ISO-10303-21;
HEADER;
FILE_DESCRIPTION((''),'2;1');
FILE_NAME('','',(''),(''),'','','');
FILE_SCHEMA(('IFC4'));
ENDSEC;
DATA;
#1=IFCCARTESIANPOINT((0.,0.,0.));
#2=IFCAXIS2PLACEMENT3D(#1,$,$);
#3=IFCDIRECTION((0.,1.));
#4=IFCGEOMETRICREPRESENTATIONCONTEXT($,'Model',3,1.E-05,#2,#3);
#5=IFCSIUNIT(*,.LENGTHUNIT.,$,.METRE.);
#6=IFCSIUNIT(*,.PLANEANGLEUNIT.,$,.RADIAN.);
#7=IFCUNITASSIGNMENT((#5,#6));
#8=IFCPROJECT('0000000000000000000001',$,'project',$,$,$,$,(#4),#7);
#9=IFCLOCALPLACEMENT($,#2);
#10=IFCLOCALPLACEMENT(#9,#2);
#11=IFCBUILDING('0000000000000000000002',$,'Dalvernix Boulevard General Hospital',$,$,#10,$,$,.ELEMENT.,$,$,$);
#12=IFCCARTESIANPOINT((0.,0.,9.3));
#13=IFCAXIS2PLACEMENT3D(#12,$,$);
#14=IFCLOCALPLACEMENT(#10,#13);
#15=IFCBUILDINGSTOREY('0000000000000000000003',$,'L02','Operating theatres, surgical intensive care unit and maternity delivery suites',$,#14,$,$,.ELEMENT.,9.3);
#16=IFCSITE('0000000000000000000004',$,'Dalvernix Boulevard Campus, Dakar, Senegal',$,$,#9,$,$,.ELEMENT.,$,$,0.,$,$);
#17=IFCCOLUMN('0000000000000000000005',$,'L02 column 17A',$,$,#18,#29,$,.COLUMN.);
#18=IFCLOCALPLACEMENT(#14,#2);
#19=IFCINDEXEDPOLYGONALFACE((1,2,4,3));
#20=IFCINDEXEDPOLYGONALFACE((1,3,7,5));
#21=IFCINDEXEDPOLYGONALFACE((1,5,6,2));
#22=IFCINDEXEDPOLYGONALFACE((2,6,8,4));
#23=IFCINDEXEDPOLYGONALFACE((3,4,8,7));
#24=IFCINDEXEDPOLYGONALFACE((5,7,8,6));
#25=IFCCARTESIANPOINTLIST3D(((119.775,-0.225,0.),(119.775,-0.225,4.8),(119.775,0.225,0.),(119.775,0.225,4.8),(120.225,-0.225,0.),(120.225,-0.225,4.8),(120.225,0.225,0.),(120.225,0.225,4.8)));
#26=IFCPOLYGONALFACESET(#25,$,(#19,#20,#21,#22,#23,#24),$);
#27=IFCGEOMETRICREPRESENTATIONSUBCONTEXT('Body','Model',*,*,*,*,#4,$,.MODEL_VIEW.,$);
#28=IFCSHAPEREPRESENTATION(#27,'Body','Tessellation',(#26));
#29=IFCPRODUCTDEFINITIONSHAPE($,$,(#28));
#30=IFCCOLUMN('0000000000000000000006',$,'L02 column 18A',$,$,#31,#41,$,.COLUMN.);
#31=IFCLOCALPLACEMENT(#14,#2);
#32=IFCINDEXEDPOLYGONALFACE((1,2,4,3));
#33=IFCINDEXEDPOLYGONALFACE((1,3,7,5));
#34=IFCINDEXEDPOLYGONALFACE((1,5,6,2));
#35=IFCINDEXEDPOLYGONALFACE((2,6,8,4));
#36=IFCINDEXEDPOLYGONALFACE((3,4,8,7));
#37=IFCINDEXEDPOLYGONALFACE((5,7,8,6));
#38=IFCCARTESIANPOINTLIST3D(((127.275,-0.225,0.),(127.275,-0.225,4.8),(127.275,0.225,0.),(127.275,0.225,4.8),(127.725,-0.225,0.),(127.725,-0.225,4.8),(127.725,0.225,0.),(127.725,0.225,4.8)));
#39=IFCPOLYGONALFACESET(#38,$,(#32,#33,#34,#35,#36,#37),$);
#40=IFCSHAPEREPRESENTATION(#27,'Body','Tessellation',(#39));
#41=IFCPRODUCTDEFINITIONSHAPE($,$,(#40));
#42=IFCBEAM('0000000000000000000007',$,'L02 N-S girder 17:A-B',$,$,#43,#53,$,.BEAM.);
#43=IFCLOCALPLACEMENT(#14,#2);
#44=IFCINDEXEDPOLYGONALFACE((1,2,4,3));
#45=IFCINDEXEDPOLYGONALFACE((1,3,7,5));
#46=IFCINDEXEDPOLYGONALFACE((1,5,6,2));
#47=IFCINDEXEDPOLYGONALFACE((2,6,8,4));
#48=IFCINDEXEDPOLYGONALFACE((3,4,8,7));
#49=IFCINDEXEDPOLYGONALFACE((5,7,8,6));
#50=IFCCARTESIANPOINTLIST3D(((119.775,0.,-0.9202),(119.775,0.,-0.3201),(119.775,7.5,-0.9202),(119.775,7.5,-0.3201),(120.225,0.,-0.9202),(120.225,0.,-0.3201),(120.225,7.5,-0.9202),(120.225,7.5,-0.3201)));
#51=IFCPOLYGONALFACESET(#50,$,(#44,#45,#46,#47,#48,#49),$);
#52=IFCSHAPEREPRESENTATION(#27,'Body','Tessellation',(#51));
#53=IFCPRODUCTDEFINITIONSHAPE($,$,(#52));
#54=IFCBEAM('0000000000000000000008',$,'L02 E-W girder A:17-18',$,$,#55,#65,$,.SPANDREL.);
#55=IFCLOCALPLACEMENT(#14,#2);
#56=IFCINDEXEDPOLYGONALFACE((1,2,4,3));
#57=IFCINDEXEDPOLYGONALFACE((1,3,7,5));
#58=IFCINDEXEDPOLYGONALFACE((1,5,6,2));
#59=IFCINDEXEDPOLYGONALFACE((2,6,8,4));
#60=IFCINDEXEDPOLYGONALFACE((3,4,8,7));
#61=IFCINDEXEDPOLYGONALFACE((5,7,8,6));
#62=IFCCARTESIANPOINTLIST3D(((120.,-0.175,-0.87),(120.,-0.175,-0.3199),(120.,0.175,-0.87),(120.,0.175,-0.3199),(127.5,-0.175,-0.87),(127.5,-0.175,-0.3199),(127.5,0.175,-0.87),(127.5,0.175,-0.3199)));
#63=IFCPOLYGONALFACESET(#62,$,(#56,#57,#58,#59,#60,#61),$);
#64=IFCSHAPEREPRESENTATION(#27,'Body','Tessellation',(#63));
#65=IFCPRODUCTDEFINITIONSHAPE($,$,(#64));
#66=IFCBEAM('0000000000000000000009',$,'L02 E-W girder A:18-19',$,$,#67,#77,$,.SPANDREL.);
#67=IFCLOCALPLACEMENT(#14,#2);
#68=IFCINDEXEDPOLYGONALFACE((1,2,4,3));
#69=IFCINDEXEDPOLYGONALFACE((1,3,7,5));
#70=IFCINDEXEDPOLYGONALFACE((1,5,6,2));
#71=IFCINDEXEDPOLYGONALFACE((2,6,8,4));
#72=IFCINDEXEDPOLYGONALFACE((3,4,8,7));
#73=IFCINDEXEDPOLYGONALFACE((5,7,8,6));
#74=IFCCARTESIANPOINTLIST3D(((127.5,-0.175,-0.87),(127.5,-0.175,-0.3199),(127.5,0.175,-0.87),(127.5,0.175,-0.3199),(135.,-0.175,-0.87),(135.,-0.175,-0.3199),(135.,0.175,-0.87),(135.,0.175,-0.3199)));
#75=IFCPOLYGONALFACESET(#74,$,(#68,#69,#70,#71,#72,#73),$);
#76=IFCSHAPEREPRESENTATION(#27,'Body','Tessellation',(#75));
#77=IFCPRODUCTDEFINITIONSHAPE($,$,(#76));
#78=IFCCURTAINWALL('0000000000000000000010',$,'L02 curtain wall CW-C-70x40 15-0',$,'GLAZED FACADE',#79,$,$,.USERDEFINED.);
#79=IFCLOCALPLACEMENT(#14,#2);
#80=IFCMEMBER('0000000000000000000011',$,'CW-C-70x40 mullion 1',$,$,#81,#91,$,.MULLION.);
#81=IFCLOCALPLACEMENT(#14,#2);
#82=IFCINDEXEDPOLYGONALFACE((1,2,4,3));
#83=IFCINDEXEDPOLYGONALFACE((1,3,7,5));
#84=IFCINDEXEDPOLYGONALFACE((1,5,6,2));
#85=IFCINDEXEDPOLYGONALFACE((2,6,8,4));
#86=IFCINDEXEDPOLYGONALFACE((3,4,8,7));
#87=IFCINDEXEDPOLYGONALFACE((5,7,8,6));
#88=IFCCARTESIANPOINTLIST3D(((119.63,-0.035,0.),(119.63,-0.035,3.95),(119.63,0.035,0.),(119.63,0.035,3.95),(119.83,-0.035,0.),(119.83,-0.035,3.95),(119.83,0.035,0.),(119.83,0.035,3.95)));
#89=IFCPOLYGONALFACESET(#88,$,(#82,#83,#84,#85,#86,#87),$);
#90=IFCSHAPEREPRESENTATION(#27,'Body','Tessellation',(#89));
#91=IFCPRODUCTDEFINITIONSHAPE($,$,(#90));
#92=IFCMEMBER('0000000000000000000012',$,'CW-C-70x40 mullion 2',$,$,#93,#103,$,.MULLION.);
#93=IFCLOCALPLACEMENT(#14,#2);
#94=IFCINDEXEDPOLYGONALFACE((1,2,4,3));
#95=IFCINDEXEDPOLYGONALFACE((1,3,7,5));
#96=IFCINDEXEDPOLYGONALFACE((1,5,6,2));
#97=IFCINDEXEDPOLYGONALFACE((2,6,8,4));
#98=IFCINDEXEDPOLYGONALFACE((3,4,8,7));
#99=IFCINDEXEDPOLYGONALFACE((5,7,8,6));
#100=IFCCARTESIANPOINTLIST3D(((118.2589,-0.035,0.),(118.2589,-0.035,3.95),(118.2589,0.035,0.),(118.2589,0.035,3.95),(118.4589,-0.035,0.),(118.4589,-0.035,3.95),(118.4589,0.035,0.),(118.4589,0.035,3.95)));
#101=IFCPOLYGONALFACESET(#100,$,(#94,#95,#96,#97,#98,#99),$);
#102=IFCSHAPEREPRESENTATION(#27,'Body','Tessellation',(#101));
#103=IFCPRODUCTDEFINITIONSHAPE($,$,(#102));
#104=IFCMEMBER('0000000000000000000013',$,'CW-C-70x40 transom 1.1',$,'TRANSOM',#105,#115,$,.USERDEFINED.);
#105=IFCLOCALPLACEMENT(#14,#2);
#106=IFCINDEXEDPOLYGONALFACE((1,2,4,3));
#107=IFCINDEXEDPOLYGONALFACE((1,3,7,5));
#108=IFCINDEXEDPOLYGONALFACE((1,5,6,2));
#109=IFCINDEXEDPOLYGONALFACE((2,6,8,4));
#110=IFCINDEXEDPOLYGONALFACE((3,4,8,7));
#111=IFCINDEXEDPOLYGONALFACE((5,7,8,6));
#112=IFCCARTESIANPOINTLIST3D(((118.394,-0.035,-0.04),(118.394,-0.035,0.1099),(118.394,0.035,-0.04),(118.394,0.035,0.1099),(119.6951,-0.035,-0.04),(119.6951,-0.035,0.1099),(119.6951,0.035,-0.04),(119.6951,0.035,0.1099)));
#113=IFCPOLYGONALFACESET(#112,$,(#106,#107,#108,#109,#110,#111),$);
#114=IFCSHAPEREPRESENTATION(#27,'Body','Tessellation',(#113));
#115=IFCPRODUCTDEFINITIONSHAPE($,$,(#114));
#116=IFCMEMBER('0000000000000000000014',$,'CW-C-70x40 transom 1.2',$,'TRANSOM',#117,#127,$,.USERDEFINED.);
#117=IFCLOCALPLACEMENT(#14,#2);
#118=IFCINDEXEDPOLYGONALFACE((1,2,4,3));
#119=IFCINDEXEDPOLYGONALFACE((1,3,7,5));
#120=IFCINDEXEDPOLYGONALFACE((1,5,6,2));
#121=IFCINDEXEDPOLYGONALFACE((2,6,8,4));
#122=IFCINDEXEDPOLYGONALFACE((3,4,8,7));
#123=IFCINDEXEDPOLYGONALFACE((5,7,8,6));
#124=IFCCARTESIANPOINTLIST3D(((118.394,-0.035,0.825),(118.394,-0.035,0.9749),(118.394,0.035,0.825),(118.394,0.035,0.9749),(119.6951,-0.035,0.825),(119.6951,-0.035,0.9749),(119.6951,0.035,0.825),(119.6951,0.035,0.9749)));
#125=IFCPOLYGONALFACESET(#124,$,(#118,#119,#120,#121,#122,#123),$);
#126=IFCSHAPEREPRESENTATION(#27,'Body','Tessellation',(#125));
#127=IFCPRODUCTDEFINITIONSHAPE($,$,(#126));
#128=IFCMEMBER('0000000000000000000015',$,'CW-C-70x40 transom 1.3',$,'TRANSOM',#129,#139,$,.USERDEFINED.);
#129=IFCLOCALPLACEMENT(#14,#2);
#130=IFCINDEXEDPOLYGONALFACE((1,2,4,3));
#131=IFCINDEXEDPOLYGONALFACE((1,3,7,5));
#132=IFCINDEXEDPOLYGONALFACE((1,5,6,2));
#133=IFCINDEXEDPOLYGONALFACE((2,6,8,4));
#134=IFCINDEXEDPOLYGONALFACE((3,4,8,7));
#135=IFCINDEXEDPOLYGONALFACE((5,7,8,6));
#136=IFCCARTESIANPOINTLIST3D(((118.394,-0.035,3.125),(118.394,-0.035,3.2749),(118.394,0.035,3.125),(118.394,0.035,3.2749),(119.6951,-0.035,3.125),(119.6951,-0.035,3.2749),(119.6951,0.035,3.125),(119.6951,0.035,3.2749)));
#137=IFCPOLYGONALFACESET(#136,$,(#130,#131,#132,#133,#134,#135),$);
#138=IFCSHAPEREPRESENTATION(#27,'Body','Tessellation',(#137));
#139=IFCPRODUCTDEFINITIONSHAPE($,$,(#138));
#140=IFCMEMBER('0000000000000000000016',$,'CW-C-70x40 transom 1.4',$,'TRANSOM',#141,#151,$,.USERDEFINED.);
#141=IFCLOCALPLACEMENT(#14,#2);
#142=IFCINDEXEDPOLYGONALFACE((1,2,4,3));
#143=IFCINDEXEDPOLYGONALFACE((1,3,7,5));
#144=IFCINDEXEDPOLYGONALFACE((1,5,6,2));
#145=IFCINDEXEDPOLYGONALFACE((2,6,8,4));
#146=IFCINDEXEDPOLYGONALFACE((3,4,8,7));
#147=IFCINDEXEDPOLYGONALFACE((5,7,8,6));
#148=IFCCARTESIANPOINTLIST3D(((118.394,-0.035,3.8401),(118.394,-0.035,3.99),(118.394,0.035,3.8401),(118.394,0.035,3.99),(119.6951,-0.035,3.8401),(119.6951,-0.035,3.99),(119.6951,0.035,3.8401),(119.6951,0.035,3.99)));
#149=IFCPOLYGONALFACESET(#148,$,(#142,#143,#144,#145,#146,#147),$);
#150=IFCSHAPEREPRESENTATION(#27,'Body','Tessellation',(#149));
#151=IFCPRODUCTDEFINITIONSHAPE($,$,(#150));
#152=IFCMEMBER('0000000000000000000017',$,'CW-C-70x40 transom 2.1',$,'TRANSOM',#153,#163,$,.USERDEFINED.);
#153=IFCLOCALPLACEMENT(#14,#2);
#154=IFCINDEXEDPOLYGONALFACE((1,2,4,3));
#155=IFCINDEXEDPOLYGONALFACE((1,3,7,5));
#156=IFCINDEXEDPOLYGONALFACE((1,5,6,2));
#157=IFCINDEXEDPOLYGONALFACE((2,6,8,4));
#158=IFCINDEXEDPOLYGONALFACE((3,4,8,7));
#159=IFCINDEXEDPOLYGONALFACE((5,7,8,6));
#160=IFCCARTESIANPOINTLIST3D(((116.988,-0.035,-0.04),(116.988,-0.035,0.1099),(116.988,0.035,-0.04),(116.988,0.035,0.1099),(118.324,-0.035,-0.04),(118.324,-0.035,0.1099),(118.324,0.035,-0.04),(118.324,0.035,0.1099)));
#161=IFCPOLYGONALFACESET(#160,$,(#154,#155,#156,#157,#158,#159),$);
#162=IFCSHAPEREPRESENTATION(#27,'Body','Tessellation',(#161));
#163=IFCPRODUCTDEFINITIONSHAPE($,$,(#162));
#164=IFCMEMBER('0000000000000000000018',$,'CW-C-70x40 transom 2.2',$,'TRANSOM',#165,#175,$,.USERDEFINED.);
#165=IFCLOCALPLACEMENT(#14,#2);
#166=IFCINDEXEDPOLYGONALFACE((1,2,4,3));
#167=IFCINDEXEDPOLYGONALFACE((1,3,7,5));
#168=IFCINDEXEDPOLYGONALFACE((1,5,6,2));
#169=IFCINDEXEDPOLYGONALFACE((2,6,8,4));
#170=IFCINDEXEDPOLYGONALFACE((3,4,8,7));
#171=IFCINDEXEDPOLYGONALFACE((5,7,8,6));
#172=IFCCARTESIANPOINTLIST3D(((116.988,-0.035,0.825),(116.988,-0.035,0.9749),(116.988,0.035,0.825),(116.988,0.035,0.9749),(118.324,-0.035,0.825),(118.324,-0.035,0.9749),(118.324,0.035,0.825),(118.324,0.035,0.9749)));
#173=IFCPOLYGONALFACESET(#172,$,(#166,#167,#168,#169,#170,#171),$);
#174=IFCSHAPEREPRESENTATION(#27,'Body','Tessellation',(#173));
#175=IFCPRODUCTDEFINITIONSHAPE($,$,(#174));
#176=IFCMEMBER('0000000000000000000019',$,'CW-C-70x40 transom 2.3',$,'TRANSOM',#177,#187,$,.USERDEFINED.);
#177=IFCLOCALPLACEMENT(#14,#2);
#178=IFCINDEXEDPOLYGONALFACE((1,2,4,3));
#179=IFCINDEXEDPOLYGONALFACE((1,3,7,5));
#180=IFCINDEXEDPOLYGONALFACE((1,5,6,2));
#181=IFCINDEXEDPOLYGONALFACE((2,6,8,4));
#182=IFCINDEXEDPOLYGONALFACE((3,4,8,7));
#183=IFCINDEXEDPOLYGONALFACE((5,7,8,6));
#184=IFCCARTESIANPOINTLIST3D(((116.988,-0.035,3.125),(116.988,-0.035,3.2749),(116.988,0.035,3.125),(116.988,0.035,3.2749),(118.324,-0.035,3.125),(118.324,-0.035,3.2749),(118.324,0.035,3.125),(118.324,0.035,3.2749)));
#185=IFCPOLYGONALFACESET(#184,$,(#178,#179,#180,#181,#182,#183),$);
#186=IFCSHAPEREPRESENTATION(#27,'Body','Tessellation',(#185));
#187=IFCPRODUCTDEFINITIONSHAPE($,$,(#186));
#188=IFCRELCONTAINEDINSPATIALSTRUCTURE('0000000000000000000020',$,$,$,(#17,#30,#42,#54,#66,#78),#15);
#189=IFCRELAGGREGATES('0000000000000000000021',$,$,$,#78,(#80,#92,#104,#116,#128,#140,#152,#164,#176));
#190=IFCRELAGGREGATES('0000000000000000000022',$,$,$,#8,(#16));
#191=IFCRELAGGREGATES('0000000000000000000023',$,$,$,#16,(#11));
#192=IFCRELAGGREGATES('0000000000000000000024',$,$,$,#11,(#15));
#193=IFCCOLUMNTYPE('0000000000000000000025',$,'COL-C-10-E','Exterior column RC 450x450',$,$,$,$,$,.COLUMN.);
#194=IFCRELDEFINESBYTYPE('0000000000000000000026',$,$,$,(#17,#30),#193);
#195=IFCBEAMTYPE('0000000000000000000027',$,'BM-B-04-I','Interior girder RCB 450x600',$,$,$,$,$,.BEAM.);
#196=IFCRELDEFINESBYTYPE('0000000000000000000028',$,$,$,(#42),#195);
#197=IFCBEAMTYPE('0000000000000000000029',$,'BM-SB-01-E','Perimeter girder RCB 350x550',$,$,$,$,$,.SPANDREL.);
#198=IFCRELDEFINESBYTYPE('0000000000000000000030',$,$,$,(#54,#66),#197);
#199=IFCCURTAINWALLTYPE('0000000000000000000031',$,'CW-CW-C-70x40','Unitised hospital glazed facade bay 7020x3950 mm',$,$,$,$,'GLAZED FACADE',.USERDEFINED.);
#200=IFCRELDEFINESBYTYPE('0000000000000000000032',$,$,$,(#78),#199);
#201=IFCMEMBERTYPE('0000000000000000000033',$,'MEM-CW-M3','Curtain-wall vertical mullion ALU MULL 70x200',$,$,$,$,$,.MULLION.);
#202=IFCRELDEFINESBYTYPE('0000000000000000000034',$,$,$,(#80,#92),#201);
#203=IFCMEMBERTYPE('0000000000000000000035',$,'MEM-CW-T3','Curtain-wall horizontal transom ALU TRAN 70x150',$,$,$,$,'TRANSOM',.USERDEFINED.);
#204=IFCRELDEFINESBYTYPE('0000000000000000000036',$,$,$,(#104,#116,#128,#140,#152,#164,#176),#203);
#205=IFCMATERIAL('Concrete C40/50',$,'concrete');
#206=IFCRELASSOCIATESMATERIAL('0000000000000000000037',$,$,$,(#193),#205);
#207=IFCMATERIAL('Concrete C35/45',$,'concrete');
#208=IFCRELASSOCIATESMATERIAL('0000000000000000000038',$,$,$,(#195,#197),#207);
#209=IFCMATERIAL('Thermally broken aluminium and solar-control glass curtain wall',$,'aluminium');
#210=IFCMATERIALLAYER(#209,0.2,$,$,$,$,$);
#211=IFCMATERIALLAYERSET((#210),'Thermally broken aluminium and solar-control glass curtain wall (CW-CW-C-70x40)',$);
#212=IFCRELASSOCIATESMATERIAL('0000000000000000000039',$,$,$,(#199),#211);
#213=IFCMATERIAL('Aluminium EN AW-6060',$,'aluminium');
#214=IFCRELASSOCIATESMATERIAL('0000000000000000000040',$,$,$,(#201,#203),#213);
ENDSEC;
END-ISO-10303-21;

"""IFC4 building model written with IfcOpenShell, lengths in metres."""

from ifc_helpers import new_model, si_unit, direction, frame, origin, origin_2d, place, context, subcontext, project, spatial, rectangle, extrude, material, layer, layer_set, material_profile, profile_set, type_object, element, aggregate, save


model = new_model("IFC4")

# Units and contexts
model_context = context("Model", 3, precision=1e-05, world=origin(), true_north=direction((0.0, 1.0)))
body_context = subcontext(model_context, "Body", "Model", "MODEL_VIEW")
ifc_project = project(units=[si_unit("LENGTHUNIT", "METRE"), si_unit("PLANEANGLEUNIT", "RADIAN")], contexts=[model_context])

# Site, building, storey
site_placement = place(None, origin())
site = spatial("IfcSite", under=ifc_project, at=site_placement, Name="Dalvernix Boulevard Campus, Dakar, Senegal", CompositionType="ELEMENT", RefElevation=0.0)
building_placement = place(site_placement, origin())
building = spatial("IfcBuilding", under=site, at=building_placement, Name="Dalvernix Boulevard General Hospital", CompositionType="ELEMENT")
storey_placement = place(building_placement, frame((0.0, 0.0, 9.3)))
storey = spatial("IfcBuildingStorey", under=building, at=storey_placement, Name="L02", Description="Operating theatres, surgical intensive care unit and maternity delivery suites", CompositionType="ELEMENT", Elevation=9.3)

# Columns
ifc_material_1 = material(Name="Concrete C40/50", Category="concrete")
ifc_material_profile_1 = material_profile(ifc_material_1, rectangle(XDim=0.45, YDim=0.45, at=origin_2d()), Name="RC 450x450")
ifc_profile_set_1 = profile_set([ifc_material_profile_1], Name="Concrete C40/50")
column_type = type_object("IfcColumnType", Name="COL-C-10-E", Description="Exterior column RC 450x450", PredefinedType="COLUMN", material=ifc_profile_set_1)
for number, where, z_axis, x_axis, name in (
    (1, (120.0, 0.0, 0.0), (0.0, 0.0, 1.0), (1.0, 0.0, 0.0), "L02 column 17A"),
    (2, (127.5, 0.0, 0.0), (0.0, 0.0, 1.0), (1.0, 0.0, 0.0), "L02 column 18A"),
):
    element("IfcColumn", number, at=place(storey_placement, frame(where, z_axis=z_axis, x_axis=x_axis)), inside=storey, type_object=column_type, Name=name, PredefinedType="COLUMN", context=body_context, shape_type="SweptSolid", body=[
        extrude(rectangle(XDim=0.45, YDim=0.45, at=origin_2d()), origin(), (0.0, 0.0, 1.0), 4.8),
    ])

# Beams
ifc_material_2 = material(Name="Concrete C35/45", Category="concrete")
ifc_material_profile_2 = material_profile(ifc_material_2, rectangle(XDim=0.45, YDim=0.6001, at=origin_2d()), Name="RCB 450x600")
ifc_profile_set_2 = profile_set([ifc_material_profile_2], Name="Concrete C35/45")
beam_type_1 = type_object("IfcBeamType", Name="BM-B-04-I", Description="Interior girder RCB 450x600", PredefinedType="BEAM", material=ifc_profile_set_2)
beam_placement = place(storey_placement, frame((120.0, 0.0, -0.6201), z_axis=(0.0, 1.0, 0.0), x_axis=(-1.0, 0.0, 0.0)))
element("IfcBeam", 3, at=beam_placement, inside=storey, type_object=beam_type_1, Name="L02 N-S girder 17:A-B", PredefinedType="BEAM", context=body_context, shape_type="SweptSolid", body=[
    extrude(rectangle(XDim=0.45, YDim=0.6001, at=origin_2d()), origin(), (0.0, 0.0, 1.0), 7.5),
])
ifc_material_profile_3 = material_profile(ifc_material_2, rectangle(XDim=0.3501, YDim=0.55, at=origin_2d()), Name="RCB 350x550")
ifc_profile_set_3 = profile_set([ifc_material_profile_3], Name="Concrete C35/45")
beam_type_2 = type_object("IfcBeamType", Name="BM-SB-01-E", Description="Perimeter girder RCB 350x550", PredefinedType="SPANDREL", material=ifc_profile_set_3)
for number, where, z_axis, x_axis, name in (
    (4, (120.0, 0.0, -0.595), (1.0, 0.0, 0.0), (0.0, 1.0, 0.0), "L02 E-W girder A:17-18"),
    (5, (127.5, 0.0, -0.595), (1.0, 0.0, 0.0), (0.0, 1.0, 0.0), "L02 E-W girder A:18-19"),
):
    element("IfcBeam", number, at=place(storey_placement, frame(where, z_axis=z_axis, x_axis=x_axis)), inside=storey, type_object=beam_type_2, Name=name, PredefinedType="SPANDREL", context=body_context, shape_type="SweptSolid", body=[
        extrude(rectangle(XDim=0.3501, YDim=0.55, at=origin_2d()), origin(), (0.0, 0.0, 1.0), 7.5),
    ])

# Curtain wall, members
ifc_material_3 = material(Name="Thermally broken aluminium and solar-control glass curtain wall", Category="aluminium")
ifc_layer_1 = layer(ifc_material_3, 0.2)
ifc_layer_set_1 = layer_set([ifc_layer_1], Name="Thermally broken aluminium and solar-control glass curtain wall (CW-CW-C-70x40)")
curtain_wall_type = type_object("IfcCurtainWallType", Name="CW-CW-C-70x40", Description="Unitised hospital glazed facade bay 7020x3950 mm", ElementType="GLAZED FACADE", PredefinedType="USERDEFINED", material=ifc_layer_set_1)
curtain_wall_placement = place(storey_placement, origin())
curtain_wall = element("IfcCurtainWall", 6, at=curtain_wall_placement, inside=storey, type_object=curtain_wall_type, Name="L02 curtain wall CW-C-70x40 15-0", ObjectType="GLAZED FACADE", PredefinedType="USERDEFINED")
ifc_material_4 = material(Name="Aluminium EN AW-6060", Category="aluminium")
ifc_material_profile_4 = material_profile(ifc_material_4, rectangle(XDim=0.0701, YDim=0.2, at=origin_2d()), Name="ALU MULL 70x200")
ifc_profile_set_4 = profile_set([ifc_material_profile_4], Name="Aluminium EN AW-6060")
member_type_1 = type_object("IfcMemberType", Name="MEM-CW-M3", Description="Curtain-wall vertical mullion ALU MULL 70x200", PredefinedType="MULLION", material=ifc_profile_set_4)
member_1_placement = place(storey_placement, frame((119.73, 0.0, 0.0), z_axis=(0.0, 0.0, 1.0), x_axis=(0.0, -1.0, 0.0)))
member_1 = element("IfcMember", 7, at=member_1_placement, type_object=member_type_1, Name="CW-C-70x40 mullion 1", PredefinedType="MULLION", context=body_context, shape_type="SweptSolid", body=[
    extrude(rectangle(XDim=0.0701, YDim=0.2, at=origin_2d()), origin(), (0.0, 0.0, 1.0), 3.95),
])
member_2_placement = place(storey_placement, frame((118.3589, 0.0, 0.0), z_axis=(0.0, 0.0, 1.0), x_axis=(0.0, -1.0, 0.0)))
member_2 = element("IfcMember", 8, at=member_2_placement, type_object=member_type_1, Name="CW-C-70x40 mullion 2", PredefinedType="MULLION", context=body_context, shape_type="SweptSolid", body=[
    extrude(rectangle(XDim=0.0701, YDim=0.2, at=origin_2d()), origin(), (0.0, 0.0, 1.0), 3.95),
])
ifc_material_profile_5 = material_profile(ifc_material_4, rectangle(XDim=0.0701, YDim=0.1499, at=origin_2d()), Name="ALU TRAN 70x150")
ifc_profile_set_5 = profile_set([ifc_material_profile_5], Name="Aluminium EN AW-6060")
member_type_2 = type_object("IfcMemberType", Name="MEM-CW-T3", Description="Curtain-wall horizontal transom ALU TRAN 70x150", ElementType="TRANSOM", PredefinedType="USERDEFINED", material=ifc_profile_set_5)
member_3_placement = place(storey_placement, frame((119.6951, 0.0, 0.0349), z_axis=(-1.0, 0.0, 0.0), x_axis=(0.0, -1.0, 0.0)))
member_3 = element("IfcMember", 9, at=member_3_placement, type_object=member_type_2, Name="CW-C-70x40 transom 1.1", ObjectType="TRANSOM", PredefinedType="USERDEFINED", context=body_context, shape_type="SweptSolid", body=[
    extrude(rectangle(XDim=0.0701, YDim=0.1499, at=origin_2d()), origin(), (0.0, 0.0, 1.0), 1.301),
])
member_4_placement = place(storey_placement, frame((119.6951, 0.0, 0.8999), z_axis=(-1.0, 0.0, 0.0), x_axis=(0.0, -1.0, 0.0)))
member_4 = element("IfcMember", 10, at=member_4_placement, type_object=member_type_2, Name="CW-C-70x40 transom 1.2", ObjectType="TRANSOM", PredefinedType="USERDEFINED", context=body_context, shape_type="SweptSolid", body=[
    extrude(rectangle(XDim=0.0701, YDim=0.1499, at=origin_2d()), origin(), (0.0, 0.0, 1.0), 1.301),
])
member_5_placement = place(storey_placement, frame((119.6951, 0.0, 3.2), z_axis=(-1.0, 0.0, 0.0), x_axis=(0.0, -1.0, 0.0)))
member_5 = element("IfcMember", 11, at=member_5_placement, type_object=member_type_2, Name="CW-C-70x40 transom 1.3", ObjectType="TRANSOM", PredefinedType="USERDEFINED", context=body_context, shape_type="SweptSolid", body=[
    extrude(rectangle(XDim=0.0701, YDim=0.1499, at=origin_2d()), origin(), (0.0, 0.0, 1.0), 1.301),
])
member_6_placement = place(storey_placement, frame((119.6951, 0.0, 3.915), z_axis=(-1.0, 0.0, 0.0), x_axis=(0.0, -1.0, 0.0)))
member_6 = element("IfcMember", 12, at=member_6_placement, type_object=member_type_2, Name="CW-C-70x40 transom 1.4", ObjectType="TRANSOM", PredefinedType="USERDEFINED", context=body_context, shape_type="SweptSolid", body=[
    extrude(rectangle(XDim=0.0701, YDim=0.1499, at=origin_2d()), origin(), (0.0, 0.0, 1.0), 1.301),
])
member_7_placement = place(storey_placement, frame((118.324, 0.0, 0.0349), z_axis=(-1.0, 0.0, 0.0), x_axis=(0.0, -1.0, 0.0)))
member_7 = element("IfcMember", 13, at=member_7_placement, type_object=member_type_2, Name="CW-C-70x40 transom 2.1", ObjectType="TRANSOM", PredefinedType="USERDEFINED", context=body_context, shape_type="SweptSolid", body=[
    extrude(rectangle(XDim=0.0701, YDim=0.1499, at=origin_2d()), origin(), (0.0, 0.0, 1.0), 1.3359),
])
member_8_placement = place(storey_placement, frame((118.324, 0.0, 0.8999), z_axis=(-1.0, 0.0, 0.0), x_axis=(0.0, -1.0, 0.0)))
member_8 = element("IfcMember", 14, at=member_8_placement, type_object=member_type_2, Name="CW-C-70x40 transom 2.2", ObjectType="TRANSOM", PredefinedType="USERDEFINED", context=body_context, shape_type="SweptSolid", body=[
    extrude(rectangle(XDim=0.0701, YDim=0.1499, at=origin_2d()), origin(), (0.0, 0.0, 1.0), 1.3359),
])
member_9_placement = place(storey_placement, frame((118.324, 0.0, 3.2), z_axis=(-1.0, 0.0, 0.0), x_axis=(0.0, -1.0, 0.0)))
member_9 = element("IfcMember", 15, at=member_9_placement, type_object=member_type_2, Name="CW-C-70x40 transom 2.3", ObjectType="TRANSOM", PredefinedType="USERDEFINED", context=body_context, shape_type="SweptSolid", body=[
    extrude(rectangle(XDim=0.0701, YDim=0.1499, at=origin_2d()), origin(), (0.0, 0.0, 1.0), 1.3359),
])
aggregate(curtain_wall, [member_1, member_2, member_3, member_4, member_5, member_6, member_7, member_8, member_9])

save(model, "model.ifc")
